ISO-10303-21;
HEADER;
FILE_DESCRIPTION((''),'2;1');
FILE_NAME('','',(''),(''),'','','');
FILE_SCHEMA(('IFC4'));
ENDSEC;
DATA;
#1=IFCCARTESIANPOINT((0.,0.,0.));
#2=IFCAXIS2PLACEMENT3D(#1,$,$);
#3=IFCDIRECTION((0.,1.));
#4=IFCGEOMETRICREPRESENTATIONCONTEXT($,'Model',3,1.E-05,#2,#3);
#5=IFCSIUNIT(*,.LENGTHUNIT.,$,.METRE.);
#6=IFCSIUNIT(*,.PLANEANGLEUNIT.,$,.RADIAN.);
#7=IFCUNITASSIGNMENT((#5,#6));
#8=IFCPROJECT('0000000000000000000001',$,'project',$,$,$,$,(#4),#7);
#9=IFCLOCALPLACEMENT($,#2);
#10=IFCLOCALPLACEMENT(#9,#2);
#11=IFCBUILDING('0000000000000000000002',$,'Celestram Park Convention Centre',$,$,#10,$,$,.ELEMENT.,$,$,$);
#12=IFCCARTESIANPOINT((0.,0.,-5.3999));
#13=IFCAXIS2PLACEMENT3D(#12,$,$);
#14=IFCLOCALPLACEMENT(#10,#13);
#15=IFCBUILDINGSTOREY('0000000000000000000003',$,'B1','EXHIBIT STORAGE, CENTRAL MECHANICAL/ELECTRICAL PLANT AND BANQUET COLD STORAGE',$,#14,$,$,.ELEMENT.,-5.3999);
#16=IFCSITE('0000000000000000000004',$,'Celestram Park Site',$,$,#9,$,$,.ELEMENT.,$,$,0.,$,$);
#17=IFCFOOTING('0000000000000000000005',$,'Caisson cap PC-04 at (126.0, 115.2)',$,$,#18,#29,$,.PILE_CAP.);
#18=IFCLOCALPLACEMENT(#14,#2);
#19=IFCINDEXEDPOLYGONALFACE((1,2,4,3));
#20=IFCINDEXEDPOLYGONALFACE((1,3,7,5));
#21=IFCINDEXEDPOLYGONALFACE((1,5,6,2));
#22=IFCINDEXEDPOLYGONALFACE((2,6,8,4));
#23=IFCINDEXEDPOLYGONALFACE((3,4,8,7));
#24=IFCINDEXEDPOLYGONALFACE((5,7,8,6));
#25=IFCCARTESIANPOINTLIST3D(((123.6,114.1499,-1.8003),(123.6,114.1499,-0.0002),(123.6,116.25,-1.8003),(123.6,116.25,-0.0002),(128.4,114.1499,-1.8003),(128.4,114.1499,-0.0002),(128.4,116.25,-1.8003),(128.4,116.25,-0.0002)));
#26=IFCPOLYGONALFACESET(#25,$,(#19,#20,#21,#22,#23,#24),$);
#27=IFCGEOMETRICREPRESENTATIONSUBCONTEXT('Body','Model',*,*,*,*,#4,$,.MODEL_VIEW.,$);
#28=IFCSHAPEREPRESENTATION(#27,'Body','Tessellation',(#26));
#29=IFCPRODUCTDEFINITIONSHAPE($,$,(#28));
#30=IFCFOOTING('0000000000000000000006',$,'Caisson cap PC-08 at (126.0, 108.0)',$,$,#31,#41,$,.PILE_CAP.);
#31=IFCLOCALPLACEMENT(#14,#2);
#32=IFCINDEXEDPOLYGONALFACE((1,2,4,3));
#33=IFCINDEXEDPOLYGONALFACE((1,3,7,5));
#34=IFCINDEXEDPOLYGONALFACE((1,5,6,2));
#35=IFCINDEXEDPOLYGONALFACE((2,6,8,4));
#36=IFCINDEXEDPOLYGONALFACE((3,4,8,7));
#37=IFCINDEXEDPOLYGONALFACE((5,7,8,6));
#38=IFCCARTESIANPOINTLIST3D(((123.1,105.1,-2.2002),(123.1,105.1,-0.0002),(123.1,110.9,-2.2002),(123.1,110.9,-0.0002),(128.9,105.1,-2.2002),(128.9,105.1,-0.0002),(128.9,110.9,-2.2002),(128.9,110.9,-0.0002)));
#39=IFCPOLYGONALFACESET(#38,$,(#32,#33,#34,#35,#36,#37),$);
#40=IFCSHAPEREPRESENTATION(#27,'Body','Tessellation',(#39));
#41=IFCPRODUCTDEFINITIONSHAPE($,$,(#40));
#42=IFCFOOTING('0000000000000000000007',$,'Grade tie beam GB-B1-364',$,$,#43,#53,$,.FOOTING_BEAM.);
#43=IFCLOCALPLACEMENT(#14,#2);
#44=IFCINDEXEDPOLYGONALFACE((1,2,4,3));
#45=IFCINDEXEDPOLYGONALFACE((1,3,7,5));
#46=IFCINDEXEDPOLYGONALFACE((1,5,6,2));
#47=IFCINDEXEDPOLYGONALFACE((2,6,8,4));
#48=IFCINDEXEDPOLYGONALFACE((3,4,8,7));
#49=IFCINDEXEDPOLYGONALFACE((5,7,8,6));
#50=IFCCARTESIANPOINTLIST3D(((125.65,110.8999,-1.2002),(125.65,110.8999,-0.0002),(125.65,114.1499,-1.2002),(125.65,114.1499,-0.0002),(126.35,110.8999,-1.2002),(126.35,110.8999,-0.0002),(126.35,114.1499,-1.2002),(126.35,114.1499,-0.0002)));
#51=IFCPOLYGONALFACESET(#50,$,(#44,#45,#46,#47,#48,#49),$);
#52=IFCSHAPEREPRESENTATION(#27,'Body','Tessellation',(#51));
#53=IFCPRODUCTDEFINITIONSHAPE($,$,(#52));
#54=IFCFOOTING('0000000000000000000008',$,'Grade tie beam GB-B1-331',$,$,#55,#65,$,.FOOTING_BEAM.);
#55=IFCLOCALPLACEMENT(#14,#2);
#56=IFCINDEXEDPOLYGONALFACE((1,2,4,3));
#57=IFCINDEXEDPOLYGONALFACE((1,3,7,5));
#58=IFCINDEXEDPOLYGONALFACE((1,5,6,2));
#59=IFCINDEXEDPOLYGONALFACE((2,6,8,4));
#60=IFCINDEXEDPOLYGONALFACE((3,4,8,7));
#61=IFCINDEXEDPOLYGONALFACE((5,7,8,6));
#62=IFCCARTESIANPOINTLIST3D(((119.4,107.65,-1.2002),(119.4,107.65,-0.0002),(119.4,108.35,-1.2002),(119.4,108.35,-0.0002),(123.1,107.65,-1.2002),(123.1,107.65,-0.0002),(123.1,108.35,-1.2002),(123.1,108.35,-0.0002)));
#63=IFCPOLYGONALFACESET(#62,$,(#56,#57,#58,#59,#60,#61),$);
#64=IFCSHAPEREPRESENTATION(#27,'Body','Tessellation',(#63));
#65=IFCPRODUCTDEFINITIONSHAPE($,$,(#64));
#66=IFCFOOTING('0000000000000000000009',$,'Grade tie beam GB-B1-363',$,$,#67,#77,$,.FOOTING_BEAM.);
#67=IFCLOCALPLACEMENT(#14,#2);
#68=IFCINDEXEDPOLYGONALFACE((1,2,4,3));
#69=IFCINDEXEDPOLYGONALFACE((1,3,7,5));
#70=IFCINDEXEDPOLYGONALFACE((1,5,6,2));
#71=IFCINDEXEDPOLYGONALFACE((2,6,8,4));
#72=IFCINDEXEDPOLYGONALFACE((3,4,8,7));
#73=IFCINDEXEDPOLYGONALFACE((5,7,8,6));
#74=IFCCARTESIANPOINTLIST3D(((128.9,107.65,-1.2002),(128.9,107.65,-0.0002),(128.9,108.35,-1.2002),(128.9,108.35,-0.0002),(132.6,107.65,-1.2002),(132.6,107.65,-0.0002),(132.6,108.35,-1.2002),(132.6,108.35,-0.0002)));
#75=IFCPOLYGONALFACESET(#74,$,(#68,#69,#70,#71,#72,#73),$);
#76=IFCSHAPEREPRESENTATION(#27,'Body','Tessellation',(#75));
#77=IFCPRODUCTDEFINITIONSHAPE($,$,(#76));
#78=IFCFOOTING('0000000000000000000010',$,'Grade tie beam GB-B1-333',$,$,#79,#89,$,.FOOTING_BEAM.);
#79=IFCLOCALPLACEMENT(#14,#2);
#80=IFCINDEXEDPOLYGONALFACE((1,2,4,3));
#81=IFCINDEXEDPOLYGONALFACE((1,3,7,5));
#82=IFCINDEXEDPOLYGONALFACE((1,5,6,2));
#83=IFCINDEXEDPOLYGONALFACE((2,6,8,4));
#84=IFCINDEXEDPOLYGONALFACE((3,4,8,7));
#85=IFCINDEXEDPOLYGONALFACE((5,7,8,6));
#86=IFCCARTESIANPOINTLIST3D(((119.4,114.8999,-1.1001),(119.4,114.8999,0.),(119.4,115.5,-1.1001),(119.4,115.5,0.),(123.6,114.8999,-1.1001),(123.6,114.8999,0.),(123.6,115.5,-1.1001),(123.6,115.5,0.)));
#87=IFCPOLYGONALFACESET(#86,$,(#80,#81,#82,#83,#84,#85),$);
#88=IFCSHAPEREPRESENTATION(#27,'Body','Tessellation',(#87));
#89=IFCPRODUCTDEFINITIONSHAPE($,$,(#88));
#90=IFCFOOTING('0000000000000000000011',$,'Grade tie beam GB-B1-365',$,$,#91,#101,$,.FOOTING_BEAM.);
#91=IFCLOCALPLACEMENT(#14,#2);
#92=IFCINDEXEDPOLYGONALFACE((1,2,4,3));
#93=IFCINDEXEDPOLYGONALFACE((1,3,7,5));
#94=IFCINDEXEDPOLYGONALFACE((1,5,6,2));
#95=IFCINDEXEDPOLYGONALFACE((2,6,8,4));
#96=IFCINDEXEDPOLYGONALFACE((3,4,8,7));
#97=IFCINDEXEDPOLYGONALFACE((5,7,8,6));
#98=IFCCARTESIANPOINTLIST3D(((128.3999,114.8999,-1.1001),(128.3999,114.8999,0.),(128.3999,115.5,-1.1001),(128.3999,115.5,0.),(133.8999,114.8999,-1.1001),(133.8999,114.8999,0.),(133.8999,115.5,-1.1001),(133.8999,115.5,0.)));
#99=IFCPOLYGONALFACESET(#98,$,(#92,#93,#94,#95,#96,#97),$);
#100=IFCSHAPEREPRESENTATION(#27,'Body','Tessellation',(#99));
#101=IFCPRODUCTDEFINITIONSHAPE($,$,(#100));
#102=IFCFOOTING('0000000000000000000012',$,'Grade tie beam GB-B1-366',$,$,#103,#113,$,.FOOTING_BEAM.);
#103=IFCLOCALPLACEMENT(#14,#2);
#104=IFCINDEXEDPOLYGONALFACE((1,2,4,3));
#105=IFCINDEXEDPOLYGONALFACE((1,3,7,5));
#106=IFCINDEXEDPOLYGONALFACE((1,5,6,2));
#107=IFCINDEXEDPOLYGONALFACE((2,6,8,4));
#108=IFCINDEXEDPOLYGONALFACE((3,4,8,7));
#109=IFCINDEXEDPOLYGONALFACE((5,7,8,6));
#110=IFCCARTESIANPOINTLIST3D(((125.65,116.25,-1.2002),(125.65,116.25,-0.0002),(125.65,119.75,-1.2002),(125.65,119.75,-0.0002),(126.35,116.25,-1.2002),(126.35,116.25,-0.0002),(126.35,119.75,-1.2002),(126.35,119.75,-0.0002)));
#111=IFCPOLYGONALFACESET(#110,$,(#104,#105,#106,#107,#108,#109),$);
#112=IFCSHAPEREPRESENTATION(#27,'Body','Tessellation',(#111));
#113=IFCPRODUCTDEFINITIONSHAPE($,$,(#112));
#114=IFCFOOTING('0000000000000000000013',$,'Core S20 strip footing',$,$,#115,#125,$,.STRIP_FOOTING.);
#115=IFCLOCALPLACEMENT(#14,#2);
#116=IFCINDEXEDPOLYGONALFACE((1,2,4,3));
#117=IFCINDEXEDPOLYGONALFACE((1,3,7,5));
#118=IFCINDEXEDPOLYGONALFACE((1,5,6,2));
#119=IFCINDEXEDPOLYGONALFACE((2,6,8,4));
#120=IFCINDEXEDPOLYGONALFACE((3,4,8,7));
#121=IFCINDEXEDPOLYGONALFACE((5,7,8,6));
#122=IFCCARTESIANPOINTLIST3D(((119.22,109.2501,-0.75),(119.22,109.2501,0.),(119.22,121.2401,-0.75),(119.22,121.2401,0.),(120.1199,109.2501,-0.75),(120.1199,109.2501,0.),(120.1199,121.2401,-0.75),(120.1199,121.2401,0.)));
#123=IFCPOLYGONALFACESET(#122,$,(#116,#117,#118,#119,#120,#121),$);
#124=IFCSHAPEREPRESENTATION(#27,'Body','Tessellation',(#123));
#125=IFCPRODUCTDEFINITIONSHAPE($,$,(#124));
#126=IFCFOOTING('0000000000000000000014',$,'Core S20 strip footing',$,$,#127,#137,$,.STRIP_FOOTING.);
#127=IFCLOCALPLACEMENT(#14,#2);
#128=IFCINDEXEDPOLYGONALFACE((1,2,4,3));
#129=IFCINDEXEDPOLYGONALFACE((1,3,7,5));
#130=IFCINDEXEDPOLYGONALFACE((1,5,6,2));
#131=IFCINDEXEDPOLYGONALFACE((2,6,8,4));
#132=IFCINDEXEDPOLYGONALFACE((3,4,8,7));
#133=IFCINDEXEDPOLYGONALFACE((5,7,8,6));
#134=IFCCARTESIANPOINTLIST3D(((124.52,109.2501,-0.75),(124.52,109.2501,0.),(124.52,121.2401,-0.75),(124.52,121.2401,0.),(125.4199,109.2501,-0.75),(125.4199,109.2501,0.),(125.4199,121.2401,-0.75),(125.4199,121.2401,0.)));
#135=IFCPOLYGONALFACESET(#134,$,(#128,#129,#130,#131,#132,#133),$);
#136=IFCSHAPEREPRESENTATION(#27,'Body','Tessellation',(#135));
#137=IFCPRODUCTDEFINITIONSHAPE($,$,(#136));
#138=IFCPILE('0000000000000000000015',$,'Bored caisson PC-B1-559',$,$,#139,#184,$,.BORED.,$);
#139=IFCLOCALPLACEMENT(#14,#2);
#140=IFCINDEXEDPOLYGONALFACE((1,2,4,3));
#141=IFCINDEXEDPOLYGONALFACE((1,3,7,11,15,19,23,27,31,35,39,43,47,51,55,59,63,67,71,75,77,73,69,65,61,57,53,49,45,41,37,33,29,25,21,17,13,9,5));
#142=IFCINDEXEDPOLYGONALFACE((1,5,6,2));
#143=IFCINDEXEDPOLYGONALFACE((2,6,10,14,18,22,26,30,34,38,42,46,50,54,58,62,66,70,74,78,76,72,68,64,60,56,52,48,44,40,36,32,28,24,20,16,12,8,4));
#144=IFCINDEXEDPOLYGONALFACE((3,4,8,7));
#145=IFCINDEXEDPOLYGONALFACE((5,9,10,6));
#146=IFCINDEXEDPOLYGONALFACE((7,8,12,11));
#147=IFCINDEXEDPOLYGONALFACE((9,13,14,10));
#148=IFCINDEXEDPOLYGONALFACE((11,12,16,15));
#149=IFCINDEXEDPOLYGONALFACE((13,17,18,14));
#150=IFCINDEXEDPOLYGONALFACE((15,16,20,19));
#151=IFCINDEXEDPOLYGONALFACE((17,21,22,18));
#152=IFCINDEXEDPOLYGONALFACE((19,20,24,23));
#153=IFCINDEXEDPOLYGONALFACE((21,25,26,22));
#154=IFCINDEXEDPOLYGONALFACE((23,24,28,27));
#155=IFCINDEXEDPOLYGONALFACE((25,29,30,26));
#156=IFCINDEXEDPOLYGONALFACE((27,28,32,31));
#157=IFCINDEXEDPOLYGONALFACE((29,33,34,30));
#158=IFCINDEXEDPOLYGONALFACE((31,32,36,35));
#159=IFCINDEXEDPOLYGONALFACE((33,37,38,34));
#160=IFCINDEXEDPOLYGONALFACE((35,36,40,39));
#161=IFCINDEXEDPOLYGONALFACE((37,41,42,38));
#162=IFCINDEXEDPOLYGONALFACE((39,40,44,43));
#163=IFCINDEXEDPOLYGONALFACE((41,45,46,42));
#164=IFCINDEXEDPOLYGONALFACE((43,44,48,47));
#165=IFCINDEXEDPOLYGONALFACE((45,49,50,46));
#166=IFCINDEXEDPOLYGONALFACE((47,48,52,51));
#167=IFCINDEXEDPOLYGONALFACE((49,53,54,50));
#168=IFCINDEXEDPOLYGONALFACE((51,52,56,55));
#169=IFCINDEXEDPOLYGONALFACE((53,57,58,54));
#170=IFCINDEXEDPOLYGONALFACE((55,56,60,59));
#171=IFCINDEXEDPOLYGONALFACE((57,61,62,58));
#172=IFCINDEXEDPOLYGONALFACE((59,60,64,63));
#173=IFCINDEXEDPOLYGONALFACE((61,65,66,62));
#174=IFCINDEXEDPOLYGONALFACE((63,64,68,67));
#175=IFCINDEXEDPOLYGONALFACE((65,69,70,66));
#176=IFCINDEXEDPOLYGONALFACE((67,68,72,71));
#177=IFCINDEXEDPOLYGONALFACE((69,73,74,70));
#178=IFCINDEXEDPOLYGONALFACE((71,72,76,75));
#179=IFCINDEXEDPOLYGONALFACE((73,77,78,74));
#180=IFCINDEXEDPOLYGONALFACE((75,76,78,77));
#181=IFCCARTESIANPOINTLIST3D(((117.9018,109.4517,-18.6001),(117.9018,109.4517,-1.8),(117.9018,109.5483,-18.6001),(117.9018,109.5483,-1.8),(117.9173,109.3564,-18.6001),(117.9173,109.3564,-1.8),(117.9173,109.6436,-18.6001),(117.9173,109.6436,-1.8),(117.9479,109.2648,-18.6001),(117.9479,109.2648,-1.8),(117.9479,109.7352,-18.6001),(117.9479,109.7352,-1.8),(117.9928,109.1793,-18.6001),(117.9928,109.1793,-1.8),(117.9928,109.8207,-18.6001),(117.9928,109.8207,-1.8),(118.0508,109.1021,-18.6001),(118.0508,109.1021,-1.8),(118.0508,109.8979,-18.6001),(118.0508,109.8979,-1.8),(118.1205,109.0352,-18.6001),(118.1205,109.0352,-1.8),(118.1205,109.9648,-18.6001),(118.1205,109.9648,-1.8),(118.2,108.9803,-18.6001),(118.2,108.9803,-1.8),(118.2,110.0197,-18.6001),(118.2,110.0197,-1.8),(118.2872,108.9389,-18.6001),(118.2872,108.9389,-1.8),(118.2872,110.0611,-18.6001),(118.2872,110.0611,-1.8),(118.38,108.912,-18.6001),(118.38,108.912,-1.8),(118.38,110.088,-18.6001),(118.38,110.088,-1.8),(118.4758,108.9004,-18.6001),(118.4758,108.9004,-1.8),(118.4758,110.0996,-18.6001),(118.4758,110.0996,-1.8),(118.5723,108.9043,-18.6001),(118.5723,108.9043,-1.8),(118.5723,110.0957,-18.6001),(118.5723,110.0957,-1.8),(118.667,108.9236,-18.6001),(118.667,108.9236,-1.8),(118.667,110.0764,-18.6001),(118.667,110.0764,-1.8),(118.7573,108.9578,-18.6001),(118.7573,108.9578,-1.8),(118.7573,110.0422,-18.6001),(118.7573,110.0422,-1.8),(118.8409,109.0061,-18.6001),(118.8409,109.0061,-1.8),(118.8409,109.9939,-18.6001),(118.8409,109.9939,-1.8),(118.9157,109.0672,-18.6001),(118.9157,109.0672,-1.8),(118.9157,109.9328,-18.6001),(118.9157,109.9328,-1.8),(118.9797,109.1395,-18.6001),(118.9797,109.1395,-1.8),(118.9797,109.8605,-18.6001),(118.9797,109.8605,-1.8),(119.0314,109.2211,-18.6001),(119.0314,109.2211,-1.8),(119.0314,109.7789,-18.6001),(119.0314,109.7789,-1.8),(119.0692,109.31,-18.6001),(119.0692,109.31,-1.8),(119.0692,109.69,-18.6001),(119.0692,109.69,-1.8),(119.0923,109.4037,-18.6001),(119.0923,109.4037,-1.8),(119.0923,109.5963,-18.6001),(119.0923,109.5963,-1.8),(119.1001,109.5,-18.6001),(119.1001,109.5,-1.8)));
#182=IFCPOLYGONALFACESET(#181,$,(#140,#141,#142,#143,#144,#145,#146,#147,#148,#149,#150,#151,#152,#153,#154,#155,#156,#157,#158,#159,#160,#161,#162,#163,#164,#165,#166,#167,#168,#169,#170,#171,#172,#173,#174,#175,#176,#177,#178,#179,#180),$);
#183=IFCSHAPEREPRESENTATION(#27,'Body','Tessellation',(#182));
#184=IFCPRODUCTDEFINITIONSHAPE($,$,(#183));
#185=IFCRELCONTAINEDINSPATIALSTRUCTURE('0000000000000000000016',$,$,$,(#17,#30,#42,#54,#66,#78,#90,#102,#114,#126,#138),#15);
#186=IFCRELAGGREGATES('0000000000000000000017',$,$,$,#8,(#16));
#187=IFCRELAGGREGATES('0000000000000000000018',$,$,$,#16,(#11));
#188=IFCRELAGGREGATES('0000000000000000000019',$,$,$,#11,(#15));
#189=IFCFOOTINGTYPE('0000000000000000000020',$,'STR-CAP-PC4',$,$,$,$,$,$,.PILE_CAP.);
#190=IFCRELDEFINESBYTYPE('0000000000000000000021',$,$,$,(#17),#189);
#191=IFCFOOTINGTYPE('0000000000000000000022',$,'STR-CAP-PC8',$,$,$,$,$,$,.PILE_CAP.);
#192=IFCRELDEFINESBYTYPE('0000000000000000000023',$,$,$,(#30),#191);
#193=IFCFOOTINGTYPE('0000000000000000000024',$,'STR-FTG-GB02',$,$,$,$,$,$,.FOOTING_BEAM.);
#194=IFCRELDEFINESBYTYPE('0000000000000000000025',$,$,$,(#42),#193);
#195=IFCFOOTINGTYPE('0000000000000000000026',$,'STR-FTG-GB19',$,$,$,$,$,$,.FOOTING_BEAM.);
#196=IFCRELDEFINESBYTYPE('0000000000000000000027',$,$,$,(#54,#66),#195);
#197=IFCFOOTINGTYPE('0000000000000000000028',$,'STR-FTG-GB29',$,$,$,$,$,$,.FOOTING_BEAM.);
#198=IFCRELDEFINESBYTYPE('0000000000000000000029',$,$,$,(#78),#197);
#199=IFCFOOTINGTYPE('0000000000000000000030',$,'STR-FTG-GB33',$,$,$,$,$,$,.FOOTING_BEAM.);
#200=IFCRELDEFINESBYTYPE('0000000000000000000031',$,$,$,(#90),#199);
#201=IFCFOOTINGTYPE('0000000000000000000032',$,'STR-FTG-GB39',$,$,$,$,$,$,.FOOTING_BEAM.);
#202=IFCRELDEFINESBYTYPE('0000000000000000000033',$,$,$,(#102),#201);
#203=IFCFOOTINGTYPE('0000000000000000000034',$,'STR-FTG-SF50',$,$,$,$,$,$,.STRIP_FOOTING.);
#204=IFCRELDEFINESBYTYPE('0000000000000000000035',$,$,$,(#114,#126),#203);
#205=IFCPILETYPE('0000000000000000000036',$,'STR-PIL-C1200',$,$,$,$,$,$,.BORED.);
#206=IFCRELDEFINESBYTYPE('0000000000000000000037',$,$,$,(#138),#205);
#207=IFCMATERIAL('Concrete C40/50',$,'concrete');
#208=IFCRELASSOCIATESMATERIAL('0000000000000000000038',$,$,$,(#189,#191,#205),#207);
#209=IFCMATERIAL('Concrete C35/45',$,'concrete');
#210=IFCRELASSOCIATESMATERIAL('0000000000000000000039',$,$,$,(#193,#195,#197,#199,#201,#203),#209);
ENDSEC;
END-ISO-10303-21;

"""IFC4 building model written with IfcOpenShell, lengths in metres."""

from ifc_helpers import new_model, si_unit, direction, frame, origin, origin_2d, place, context, subcontext, project, spatial, rectangle, circle, extrude, material, material_profile, profile_set, type_object, element, save


model = new_model("IFC4")

# Units and contexts
model_context = context("Model", 3, precision=1e-05, world=origin(), true_north=direction((0.0, 1.0)))
body_context = subcontext(model_context, "Body", "Model", "MODEL_VIEW")
ifc_project = project(units=[si_unit("LENGTHUNIT", "METRE"), si_unit("PLANEANGLEUNIT", "RADIAN")], contexts=[model_context])

# Site, building, storey
site_placement = place(None, origin())
site = spatial("IfcSite", under=ifc_project, at=site_placement, Name="Celestram Park Site", CompositionType="ELEMENT", RefElevation=0.0)
building_placement = place(site_placement, origin())
building = spatial("IfcBuilding", under=site, at=building_placement, Name="Celestram Park Convention Centre", CompositionType="ELEMENT")
storey_placement = place(building_placement, frame((0.0, 0.0, -5.3999)))
storey = spatial("IfcBuildingStorey", under=building, at=storey_placement, Name="B1", Description="EXHIBIT STORAGE, CENTRAL MECHANICAL/ELECTRICAL PLANT AND BANQUET COLD STORAGE", CompositionType="ELEMENT", Elevation=-5.3999)

# Footings
ifc_material_1 = material(Name="Concrete C40/50", Category="concrete")
footing_type_1 = type_object("IfcFootingType", Name="STR-CAP-PC4", PredefinedType="PILE_CAP", material=ifc_material_1)
footing_1_placement = place(storey_placement, frame((126.0, 115.2, -1.8003), z_axis=(0.0, 0.0, 1.0), x_axis=(1.0, 0.0, 0.0)))
element("IfcFooting", 1, at=footing_1_placement, inside=storey, type_object=footing_type_1, Name="Caisson cap PC-04 at (126.0, 115.2)", PredefinedType="PILE_CAP", context=body_context, shape_type="SweptSolid", body=[
    extrude(rectangle(XDim=4.8, YDim=2.1001, at=origin_2d()), origin(), (0.0, 0.0, 1.0), 1.8),
])
footing_type_2 = type_object("IfcFootingType", Name="STR-CAP-PC8", PredefinedType="PILE_CAP", material=ifc_material_1)
footing_2_placement = place(storey_placement, frame((126.0, 108.0, -2.2002), z_axis=(0.0, 0.0, 1.0), x_axis=(1.0, 0.0, 0.0)))
element("IfcFooting", 2, at=footing_2_placement, inside=storey, type_object=footing_type_2, Name="Caisson cap PC-08 at (126.0, 108.0)", PredefinedType="PILE_CAP", context=body_context, shape_type="SweptSolid", body=[
    extrude(rectangle(XDim=5.8, YDim=5.8, at=origin_2d()), origin(), (0.0, 0.0, 1.0), 2.2),
])
ifc_material_2 = material(Name="Concrete C35/45", Category="concrete")
footing_type_3 = type_object("IfcFootingType", Name="STR-FTG-GB02", PredefinedType="FOOTING_BEAM", material=ifc_material_2)
footing_3_placement = place(storey_placement, frame((126.0, 112.5249, -1.2002), z_axis=(0.0, 0.0, 1.0), x_axis=(0.0, 1.0, 0.0)))
element("IfcFooting", 3, at=footing_3_placement, inside=storey, type_object=footing_type_3, Name="Grade tie beam GB-B1-364", PredefinedType="FOOTING_BEAM", context=body_context, shape_type="SweptSolid", body=[
    extrude(rectangle(XDim=3.25, YDim=0.7, at=origin_2d()), origin(), (0.0, 0.0, 1.0), 1.2),
])
footing_type_4 = type_object("IfcFootingType", Name="STR-FTG-GB19", PredefinedType="FOOTING_BEAM", material=ifc_material_2)
for number, where, z_axis, x_axis, name in (
    (4, (121.25, 108.0, -1.2002), (0.0, 0.0, 1.0), (1.0, 0.0, 0.0), "Grade tie beam GB-B1-331"),
    (5, (130.75, 108.0, -1.2002), (0.0, 0.0, 1.0), (1.0, 0.0, 0.0), "Grade tie beam GB-B1-363"),
):
    element("IfcFooting", number, at=place(storey_placement, frame(where, z_axis=z_axis, x_axis=x_axis)), inside=storey, type_object=footing_type_4, Name=name, PredefinedType="FOOTING_BEAM", context=body_context, shape_type="SweptSolid", body=[
        extrude(rectangle(XDim=3.7, YDim=0.7, at=origin_2d()), origin(), (0.0, 0.0, 1.0), 1.2),
    ])
footing_type_5 = type_object("IfcFootingType", Name="STR-FTG-GB29", PredefinedType="FOOTING_BEAM", material=ifc_material_2)
footing_4_placement = place(storey_placement, frame((121.5, 115.2, -1.1001), z_axis=(0.0, 0.0, 1.0), x_axis=(1.0, 0.0, 0.0)))
element("IfcFooting", 6, at=footing_4_placement, inside=storey, type_object=footing_type_5, Name="Grade tie beam GB-B1-333", PredefinedType="FOOTING_BEAM", context=body_context, shape_type="SweptSolid", body=[
    extrude(rectangle(XDim=4.2, YDim=0.6001, at=origin_2d()), origin(), (0.0, 0.0, 1.0), 1.1001),
])
footing_type_6 = type_object("IfcFootingType", Name="STR-FTG-GB33", PredefinedType="FOOTING_BEAM", material=ifc_material_2)
footing_5_placement = place(storey_placement, frame((131.1499, 115.2, -1.1001), z_axis=(0.0, 0.0, 1.0), x_axis=(1.0, 0.0, 0.0)))
element("IfcFooting", 7, at=footing_5_placement, inside=storey, type_object=footing_type_6, Name="Grade tie beam GB-B1-365", PredefinedType="FOOTING_BEAM", context=body_context, shape_type="SweptSolid", body=[
    extrude(rectangle(XDim=5.5, YDim=0.6001, at=origin_2d()), origin(), (0.0, 0.0, 1.0), 1.1001),
])
footing_type_7 = type_object("IfcFootingType", Name="STR-FTG-GB39", PredefinedType="FOOTING_BEAM", material=ifc_material_2)
footing_6_placement = place(storey_placement, frame((126.0, 118.0, -1.2002), z_axis=(0.0, 0.0, 1.0), x_axis=(0.0, 1.0, 0.0)))
element("IfcFooting", 8, at=footing_6_placement, inside=storey, type_object=footing_type_7, Name="Grade tie beam GB-B1-366", PredefinedType="FOOTING_BEAM", context=body_context, shape_type="SweptSolid", body=[
    extrude(rectangle(XDim=3.5, YDim=0.7, at=origin_2d()), origin(), (0.0, 0.0, 1.0), 1.2),
])
footing_type_8 = type_object("IfcFootingType", Name="STR-FTG-SF50", PredefinedType="STRIP_FOOTING", material=ifc_material_2)
for number, where, z_axis, x_axis, name in (
    (9, (119.6699, 115.2451, -0.75), (0.0, 0.0, 1.0), (0.0, 1.0, 0.0), "Core S20 strip footing"),
    (10, (124.97, 115.2451, -0.75), (0.0, 0.0, 1.0), (0.0, 1.0, 0.0), "Core S20 strip footing"),
):
    element("IfcFooting", number, at=place(storey_placement, frame(where, z_axis=z_axis, x_axis=x_axis)), inside=storey, type_object=footing_type_8, Name=name, PredefinedType="STRIP_FOOTING", context=body_context, shape_type="SweptSolid", body=[
        extrude(rectangle(XDim=11.99, YDim=0.8999, at=origin_2d()), origin(), (0.0, 0.0, 1.0), 0.75),
    ])

# Pile
ifc_material_profile_1 = material_profile(ifc_material_1, circle(Radius=0.6001, at=origin_2d()), Name="CAISSON1200")
ifc_profile_set_1 = profile_set([ifc_material_profile_1], Name="Concrete C40/50")
pile_type_1 = type_object("IfcPileType", Name="STR-PIL-C1200", PredefinedType="BORED", material=ifc_profile_set_1)
for number, where, z_axis, x_axis, name in (
    (11, (118.5, 109.5, -1.8), (0.0, 0.0, -1.0), (1.0, 0.0, 0.0), "Bored caisson PC-B1-559"),
):
    element("IfcPile", number, at=place(storey_placement, frame(where, z_axis=z_axis, x_axis=x_axis)), inside=storey, type_object=pile_type_1, Name=name, PredefinedType="BORED", context=body_context, shape_type="SweptSolid", body=[
        extrude(circle(Radius=0.6001, at=origin_2d()), origin(), (0.0, 0.0, 1.0), 16.8),
    ])

save(model, "model.ifc")
